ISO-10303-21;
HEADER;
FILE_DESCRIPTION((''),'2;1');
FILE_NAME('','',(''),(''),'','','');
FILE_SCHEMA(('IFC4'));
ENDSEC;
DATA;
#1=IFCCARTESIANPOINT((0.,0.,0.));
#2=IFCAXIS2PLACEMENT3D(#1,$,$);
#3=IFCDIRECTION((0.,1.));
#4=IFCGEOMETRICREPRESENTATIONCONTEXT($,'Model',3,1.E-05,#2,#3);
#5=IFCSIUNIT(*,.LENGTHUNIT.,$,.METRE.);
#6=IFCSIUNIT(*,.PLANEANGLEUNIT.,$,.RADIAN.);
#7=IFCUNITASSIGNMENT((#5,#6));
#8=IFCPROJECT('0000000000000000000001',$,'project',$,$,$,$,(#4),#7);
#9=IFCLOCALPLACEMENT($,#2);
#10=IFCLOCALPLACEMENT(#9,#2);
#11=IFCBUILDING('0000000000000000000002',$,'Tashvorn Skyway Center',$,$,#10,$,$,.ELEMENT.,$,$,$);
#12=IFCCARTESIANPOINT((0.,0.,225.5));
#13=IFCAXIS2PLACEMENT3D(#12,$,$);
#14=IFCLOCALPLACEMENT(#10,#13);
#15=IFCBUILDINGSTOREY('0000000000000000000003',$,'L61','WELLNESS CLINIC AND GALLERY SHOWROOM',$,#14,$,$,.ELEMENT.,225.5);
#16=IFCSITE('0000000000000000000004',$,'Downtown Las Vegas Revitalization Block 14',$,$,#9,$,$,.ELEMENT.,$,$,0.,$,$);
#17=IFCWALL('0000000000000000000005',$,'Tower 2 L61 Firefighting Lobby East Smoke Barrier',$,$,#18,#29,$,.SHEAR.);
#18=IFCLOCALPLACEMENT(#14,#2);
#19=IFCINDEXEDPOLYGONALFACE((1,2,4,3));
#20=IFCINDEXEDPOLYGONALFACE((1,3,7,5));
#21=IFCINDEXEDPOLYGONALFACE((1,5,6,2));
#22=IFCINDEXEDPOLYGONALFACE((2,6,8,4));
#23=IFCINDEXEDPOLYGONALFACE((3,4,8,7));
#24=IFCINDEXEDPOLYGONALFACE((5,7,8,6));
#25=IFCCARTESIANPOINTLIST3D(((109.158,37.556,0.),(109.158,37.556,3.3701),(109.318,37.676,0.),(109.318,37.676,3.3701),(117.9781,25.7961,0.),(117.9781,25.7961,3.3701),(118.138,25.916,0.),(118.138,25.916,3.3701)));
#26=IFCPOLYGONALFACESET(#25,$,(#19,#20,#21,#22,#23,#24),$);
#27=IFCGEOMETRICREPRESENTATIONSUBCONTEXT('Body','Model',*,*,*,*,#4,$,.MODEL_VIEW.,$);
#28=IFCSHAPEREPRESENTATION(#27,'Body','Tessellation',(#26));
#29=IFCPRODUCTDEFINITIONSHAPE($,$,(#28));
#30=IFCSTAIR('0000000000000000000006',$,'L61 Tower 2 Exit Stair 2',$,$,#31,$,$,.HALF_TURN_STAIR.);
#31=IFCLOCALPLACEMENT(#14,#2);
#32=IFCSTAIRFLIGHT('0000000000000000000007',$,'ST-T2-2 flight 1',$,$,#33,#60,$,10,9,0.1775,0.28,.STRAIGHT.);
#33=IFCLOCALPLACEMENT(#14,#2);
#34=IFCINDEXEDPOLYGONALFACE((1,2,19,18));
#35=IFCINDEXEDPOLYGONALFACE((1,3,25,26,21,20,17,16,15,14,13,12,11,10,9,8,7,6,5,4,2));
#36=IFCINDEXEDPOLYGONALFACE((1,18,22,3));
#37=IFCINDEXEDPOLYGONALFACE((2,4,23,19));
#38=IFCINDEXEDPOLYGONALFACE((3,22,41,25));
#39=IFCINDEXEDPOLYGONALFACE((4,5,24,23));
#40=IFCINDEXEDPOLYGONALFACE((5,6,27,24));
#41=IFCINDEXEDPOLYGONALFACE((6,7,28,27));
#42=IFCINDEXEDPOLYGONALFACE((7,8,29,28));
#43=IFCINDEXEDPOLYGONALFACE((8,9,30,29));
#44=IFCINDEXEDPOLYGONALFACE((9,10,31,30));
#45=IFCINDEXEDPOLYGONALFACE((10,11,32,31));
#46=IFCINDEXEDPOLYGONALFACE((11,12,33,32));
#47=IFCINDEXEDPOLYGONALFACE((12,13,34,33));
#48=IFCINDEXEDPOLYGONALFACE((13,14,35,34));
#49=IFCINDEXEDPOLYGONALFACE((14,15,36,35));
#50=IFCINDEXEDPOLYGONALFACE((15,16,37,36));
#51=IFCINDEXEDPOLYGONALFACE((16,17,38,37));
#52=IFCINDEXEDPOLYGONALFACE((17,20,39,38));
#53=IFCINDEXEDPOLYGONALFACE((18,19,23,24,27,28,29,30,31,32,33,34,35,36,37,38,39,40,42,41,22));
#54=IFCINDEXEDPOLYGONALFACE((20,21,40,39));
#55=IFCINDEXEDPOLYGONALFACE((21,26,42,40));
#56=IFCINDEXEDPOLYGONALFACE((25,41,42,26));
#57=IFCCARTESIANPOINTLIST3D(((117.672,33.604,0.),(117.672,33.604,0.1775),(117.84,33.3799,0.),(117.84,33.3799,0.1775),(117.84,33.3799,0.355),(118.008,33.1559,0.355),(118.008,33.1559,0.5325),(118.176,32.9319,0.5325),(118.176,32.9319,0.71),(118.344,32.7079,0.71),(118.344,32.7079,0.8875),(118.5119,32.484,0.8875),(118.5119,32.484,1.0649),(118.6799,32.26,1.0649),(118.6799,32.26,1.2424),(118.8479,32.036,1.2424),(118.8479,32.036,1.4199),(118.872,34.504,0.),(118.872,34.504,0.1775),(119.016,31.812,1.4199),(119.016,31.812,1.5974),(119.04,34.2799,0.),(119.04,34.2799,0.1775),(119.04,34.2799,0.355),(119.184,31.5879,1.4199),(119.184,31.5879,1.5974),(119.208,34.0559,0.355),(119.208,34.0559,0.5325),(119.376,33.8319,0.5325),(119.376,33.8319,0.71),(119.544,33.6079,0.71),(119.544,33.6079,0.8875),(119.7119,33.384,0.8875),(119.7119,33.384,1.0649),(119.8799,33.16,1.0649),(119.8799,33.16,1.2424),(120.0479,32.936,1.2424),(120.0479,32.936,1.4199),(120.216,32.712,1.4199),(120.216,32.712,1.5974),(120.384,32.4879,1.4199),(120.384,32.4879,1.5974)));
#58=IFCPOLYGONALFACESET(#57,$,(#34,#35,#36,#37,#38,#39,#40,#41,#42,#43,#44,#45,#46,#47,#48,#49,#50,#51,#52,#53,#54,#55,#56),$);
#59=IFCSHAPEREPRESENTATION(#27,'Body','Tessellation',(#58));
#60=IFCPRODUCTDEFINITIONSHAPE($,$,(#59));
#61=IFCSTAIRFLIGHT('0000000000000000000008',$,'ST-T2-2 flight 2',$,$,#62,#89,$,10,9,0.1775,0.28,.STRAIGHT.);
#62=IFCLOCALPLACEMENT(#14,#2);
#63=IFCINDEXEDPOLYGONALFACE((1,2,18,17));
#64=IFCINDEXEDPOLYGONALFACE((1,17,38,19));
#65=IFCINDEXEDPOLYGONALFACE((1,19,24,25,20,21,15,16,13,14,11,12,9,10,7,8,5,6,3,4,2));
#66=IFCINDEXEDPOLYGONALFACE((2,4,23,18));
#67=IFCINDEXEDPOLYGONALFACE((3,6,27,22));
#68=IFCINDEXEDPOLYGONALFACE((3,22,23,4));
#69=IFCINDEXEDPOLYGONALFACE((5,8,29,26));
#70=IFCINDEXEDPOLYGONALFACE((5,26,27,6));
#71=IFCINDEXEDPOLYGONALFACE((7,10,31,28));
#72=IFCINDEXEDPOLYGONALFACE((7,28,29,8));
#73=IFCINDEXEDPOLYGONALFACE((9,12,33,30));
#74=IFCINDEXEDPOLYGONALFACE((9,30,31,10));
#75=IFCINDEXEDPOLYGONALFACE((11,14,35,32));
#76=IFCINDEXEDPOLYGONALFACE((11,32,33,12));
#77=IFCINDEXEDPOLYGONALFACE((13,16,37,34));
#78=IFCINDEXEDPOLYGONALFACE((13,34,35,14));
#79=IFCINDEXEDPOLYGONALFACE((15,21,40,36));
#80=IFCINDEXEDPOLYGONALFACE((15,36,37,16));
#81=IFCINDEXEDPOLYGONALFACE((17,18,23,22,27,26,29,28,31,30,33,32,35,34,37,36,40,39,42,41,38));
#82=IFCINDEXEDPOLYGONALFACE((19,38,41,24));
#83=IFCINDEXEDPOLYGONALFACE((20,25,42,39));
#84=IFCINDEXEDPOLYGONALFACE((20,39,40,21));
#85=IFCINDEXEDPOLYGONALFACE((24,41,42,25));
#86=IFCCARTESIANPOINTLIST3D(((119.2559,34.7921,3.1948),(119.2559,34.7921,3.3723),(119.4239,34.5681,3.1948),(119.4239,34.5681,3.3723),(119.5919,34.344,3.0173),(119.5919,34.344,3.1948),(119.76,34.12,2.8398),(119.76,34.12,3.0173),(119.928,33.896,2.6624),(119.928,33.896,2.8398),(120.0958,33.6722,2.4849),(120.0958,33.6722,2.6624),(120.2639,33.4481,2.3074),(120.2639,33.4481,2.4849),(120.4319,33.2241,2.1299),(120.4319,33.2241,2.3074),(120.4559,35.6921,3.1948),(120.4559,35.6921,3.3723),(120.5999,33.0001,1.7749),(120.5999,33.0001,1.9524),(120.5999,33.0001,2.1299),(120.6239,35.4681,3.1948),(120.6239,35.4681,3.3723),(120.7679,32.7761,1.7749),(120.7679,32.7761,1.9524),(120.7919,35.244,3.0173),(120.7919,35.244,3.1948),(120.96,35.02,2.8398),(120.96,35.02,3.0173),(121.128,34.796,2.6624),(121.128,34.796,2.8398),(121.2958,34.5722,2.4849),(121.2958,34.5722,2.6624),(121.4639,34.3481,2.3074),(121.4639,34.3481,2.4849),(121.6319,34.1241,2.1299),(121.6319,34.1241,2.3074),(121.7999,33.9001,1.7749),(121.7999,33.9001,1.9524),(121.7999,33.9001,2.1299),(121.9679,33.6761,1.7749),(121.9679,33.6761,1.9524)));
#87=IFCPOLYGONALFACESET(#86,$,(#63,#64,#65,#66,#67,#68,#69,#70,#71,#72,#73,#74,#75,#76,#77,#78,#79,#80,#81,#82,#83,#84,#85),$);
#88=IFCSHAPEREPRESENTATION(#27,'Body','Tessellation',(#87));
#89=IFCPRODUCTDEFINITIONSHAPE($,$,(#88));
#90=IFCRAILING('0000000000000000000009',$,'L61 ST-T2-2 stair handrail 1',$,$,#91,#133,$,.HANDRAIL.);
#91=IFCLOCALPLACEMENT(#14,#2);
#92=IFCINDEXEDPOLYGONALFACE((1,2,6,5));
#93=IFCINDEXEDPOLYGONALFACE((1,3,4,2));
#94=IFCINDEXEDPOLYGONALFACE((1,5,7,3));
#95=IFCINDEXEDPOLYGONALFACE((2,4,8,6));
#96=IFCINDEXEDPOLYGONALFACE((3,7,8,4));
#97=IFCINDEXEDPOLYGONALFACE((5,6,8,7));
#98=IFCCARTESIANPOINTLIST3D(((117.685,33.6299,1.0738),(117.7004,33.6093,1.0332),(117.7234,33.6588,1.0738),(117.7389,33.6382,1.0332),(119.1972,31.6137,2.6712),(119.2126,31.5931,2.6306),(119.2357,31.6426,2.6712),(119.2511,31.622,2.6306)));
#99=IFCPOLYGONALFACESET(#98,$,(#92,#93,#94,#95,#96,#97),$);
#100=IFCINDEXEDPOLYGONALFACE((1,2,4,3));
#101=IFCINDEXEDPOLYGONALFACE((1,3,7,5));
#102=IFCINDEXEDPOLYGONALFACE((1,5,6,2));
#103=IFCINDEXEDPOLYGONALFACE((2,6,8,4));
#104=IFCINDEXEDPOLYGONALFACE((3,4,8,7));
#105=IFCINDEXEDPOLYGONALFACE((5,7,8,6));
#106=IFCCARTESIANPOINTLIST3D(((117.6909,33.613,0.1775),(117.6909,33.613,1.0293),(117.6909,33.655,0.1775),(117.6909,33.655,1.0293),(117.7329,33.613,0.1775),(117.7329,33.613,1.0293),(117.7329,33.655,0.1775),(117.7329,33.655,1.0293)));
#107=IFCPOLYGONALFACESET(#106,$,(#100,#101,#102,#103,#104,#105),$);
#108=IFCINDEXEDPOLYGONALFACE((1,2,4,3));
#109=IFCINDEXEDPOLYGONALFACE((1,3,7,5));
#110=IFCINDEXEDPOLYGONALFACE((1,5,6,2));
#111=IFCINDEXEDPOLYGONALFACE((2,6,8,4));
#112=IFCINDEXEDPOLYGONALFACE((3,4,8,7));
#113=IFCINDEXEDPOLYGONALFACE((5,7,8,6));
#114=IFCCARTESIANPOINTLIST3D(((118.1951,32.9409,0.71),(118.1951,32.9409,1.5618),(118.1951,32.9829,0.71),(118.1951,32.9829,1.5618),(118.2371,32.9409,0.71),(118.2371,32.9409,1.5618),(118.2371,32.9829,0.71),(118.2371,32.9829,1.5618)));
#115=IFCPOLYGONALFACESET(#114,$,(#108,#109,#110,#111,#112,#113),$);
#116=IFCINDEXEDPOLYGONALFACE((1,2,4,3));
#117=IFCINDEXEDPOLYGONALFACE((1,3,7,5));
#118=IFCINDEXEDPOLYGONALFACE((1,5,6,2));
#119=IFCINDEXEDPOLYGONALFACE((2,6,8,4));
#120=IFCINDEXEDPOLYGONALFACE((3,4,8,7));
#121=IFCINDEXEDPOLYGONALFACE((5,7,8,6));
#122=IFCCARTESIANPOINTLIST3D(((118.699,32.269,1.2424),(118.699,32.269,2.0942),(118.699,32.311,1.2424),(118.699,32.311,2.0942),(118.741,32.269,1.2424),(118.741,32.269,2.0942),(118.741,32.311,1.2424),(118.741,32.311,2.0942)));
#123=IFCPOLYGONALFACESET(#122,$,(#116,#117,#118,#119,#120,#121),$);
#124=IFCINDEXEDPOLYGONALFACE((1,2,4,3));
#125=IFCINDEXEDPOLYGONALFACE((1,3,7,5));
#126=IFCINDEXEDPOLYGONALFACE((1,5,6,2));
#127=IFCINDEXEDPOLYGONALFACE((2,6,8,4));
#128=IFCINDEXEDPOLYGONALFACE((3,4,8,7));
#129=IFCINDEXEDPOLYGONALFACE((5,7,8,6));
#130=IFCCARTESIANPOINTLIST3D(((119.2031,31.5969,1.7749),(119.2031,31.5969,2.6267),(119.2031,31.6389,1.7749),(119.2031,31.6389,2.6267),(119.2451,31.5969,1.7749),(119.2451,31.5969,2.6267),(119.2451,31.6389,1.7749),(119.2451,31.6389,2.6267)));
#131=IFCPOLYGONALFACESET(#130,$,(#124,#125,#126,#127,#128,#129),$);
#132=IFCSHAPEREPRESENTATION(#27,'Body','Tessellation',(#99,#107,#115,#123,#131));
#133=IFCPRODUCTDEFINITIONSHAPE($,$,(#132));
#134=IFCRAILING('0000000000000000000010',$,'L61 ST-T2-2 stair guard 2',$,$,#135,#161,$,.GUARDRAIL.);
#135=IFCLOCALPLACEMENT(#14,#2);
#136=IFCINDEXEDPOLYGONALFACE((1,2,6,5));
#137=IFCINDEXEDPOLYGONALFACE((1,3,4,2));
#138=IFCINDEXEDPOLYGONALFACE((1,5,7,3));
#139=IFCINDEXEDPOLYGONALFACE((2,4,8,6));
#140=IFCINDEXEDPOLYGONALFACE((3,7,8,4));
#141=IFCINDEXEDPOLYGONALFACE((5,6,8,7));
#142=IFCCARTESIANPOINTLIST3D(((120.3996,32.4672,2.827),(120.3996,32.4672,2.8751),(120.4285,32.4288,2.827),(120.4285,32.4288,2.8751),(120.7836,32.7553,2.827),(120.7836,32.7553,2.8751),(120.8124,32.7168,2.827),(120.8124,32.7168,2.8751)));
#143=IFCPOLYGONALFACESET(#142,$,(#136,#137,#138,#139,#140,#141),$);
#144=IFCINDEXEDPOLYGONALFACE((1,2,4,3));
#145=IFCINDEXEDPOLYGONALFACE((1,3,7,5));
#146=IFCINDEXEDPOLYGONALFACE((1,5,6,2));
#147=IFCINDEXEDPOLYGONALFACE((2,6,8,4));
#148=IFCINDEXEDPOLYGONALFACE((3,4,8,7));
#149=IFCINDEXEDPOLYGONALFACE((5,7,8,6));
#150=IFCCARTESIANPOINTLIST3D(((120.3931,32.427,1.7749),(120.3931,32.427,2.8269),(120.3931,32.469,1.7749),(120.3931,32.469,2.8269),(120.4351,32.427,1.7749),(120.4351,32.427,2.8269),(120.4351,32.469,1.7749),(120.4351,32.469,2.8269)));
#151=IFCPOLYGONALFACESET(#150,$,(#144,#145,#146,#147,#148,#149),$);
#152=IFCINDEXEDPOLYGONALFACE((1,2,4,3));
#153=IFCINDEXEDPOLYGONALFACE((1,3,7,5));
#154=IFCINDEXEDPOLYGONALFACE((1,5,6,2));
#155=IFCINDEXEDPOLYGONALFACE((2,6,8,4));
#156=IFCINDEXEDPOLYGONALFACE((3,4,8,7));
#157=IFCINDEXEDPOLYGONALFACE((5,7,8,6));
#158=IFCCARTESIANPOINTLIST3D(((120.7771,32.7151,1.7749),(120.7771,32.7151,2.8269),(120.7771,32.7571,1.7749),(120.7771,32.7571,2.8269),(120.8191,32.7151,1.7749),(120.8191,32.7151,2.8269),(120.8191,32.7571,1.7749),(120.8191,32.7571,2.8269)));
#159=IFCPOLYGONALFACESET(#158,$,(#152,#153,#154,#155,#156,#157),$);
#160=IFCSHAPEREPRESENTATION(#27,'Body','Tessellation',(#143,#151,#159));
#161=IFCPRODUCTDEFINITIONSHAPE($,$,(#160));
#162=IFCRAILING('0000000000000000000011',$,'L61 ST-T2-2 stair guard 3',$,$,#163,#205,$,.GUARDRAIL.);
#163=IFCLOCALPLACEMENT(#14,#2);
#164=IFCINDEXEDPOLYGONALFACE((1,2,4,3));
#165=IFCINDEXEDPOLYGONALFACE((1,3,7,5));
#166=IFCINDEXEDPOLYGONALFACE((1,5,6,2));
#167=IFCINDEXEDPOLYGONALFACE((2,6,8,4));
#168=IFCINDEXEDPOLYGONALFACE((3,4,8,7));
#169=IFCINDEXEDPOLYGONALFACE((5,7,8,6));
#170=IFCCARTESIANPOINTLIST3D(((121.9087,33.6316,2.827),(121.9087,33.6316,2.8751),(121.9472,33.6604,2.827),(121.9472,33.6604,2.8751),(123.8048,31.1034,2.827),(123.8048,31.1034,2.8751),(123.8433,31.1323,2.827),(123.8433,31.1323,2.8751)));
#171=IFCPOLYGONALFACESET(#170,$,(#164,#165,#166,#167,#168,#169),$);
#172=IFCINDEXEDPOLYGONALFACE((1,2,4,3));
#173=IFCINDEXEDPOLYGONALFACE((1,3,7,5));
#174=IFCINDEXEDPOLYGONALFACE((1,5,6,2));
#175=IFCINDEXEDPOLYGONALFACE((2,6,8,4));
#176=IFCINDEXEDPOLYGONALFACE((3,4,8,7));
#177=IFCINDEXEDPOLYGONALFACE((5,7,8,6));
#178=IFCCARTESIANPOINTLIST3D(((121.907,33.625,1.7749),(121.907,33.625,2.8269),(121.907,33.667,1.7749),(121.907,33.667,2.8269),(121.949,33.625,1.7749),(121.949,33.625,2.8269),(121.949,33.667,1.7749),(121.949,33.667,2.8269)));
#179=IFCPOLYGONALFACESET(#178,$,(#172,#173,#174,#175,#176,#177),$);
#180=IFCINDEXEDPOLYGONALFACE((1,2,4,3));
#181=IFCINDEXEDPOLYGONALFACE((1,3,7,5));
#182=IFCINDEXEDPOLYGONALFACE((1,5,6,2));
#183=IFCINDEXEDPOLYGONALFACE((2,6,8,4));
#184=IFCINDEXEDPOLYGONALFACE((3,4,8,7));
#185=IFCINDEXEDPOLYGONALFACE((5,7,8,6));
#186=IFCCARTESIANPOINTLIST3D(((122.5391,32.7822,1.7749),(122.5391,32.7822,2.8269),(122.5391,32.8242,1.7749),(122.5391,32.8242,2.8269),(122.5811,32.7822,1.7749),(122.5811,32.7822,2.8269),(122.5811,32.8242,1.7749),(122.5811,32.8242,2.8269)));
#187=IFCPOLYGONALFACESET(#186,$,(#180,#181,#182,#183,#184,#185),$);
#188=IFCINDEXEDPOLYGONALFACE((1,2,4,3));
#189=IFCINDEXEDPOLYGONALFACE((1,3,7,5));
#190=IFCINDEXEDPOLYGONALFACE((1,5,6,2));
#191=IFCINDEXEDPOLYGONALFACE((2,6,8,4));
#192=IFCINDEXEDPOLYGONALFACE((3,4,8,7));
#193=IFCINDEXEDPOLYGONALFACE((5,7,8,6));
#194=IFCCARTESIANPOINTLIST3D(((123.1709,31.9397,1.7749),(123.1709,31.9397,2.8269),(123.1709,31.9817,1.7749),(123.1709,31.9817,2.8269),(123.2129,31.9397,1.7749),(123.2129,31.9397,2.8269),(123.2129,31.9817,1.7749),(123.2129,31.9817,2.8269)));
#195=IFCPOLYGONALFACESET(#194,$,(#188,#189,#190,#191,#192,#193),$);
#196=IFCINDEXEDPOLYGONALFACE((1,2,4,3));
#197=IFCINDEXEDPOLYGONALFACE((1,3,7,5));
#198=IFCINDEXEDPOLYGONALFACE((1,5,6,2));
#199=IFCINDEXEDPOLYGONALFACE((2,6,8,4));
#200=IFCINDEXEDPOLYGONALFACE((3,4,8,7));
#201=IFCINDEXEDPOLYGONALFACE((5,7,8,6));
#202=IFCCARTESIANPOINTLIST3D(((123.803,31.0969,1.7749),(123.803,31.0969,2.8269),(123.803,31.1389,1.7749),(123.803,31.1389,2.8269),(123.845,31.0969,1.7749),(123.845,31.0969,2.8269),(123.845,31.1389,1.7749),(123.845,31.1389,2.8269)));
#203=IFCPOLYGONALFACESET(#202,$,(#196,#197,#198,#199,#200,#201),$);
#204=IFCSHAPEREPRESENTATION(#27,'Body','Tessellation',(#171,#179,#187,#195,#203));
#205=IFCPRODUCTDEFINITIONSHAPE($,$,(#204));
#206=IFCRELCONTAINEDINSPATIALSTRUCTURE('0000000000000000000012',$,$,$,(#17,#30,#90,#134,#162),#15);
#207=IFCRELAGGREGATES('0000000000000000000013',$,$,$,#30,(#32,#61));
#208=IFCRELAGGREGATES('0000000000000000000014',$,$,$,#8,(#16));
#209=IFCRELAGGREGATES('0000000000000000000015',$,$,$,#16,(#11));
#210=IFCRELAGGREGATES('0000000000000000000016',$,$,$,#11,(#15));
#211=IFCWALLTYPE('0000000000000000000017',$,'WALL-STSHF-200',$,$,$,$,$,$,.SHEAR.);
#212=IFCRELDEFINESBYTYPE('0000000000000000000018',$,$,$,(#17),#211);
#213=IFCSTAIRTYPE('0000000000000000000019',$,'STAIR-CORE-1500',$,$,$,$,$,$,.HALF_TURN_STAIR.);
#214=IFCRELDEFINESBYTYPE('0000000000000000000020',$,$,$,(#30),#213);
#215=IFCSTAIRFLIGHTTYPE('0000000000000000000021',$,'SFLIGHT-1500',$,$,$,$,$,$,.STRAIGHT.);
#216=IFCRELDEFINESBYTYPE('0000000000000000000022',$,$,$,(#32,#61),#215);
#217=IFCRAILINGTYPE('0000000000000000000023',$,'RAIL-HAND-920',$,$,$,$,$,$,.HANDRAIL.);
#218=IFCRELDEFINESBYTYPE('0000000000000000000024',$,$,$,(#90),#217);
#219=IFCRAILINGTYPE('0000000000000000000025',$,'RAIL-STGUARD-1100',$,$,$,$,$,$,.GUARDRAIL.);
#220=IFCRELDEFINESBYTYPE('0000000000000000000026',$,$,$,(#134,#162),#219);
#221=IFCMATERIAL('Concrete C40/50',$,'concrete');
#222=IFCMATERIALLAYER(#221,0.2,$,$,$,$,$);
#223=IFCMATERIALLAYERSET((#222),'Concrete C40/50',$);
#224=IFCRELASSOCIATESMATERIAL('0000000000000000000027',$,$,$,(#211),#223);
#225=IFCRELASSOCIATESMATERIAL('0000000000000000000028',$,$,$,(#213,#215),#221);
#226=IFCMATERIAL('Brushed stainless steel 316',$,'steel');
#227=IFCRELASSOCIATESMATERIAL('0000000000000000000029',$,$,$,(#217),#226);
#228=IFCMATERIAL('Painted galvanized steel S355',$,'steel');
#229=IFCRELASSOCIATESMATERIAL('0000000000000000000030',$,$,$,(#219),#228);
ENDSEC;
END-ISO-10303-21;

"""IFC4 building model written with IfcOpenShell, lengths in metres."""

from ifc_helpers import new_model, si_unit, direction, frame, frame_2d, origin, origin_2d, place, context, subcontext, project, spatial, polyline, rectangle, outline, extrude, material, layer, layer_set, type_object, element, aggregate, save


model = new_model("IFC4")

# Units and contexts
model_context = context("Model", 3, precision=1e-05, world=origin(), true_north=direction((0.0, 1.0)))
body_context = subcontext(model_context, "Body", "Model", "MODEL_VIEW")
ifc_project = project(units=[si_unit("LENGTHUNIT", "METRE"), si_unit("PLANEANGLEUNIT", "RADIAN")], contexts=[model_context])

# Site, building, storey
site_placement = place(None, origin())
site = spatial("IfcSite", under=ifc_project, at=site_placement, Name="Downtown Las Vegas Revitalization Block 14", CompositionType="ELEMENT", RefElevation=0.0)
building_placement = place(site_placement, origin())
building = spatial("IfcBuilding", under=site, at=building_placement, Name="Tashvorn Skyway Center", CompositionType="ELEMENT")
storey_placement = place(building_placement, frame((0.0, 0.0, 225.5)))
storey = spatial("IfcBuildingStorey", under=building, at=storey_placement, Name="L61", Description="WELLNESS CLINIC AND GALLERY SHOWROOM", CompositionType="ELEMENT", Elevation=225.5)

# Shared definitions
ifc_material_1 = material(Name="Concrete C40/50", Category="concrete")

# Wall
ifc_layer_1 = layer(ifc_material_1, 0.2)
ifc_layer_set_1 = layer_set([ifc_layer_1], Name="Concrete C40/50")
wall_type_1 = type_object("IfcWallType", Name="WALL-STSHF-200", PredefinedType="SHEAR", material=ifc_layer_set_1)
wall_1_placement = place(storey_placement, frame((118.0581, 25.856, 0.0), z_axis=(0.0, 0.0, 1.0), x_axis=(-0.600003, 0.799998, 0.0)))
element("IfcWall", 1, at=wall_1_placement, inside=storey, type_object=wall_type_1, Name="Tower 2 L61 Firefighting Lobby East Smoke Barrier", PredefinedType="SHEAR", context=body_context, shape_type="SweptSolid", body=[
    extrude(rectangle(XDim=14.7, YDim=0.2, at=frame_2d((7.3501, 0.0))), origin(), (0.0, 0.0, 1.0), 3.3701),
])

# Stair, stair flights
stair_type = type_object("IfcStairType", Name="STAIR-CORE-1500", PredefinedType="HALF_TURN_STAIR", material=ifc_material_1)
stair_placement = place(storey_placement, origin())
stair = element("IfcStair", 2, at=stair_placement, inside=storey, type_object=stair_type, Name="L61 Tower 2 Exit Stair 2", PredefinedType="HALF_TURN_STAIR")
stair_flight_type = type_object("IfcStairFlightType", Name="SFLIGHT-1500", PredefinedType="STRAIGHT", material=ifc_material_1)
stair_flight_1_placement = place(storey_placement, frame((118.272, 34.054, 0.0), z_axis=(0.0, 0.0, 1.0), x_axis=(0.6, -0.8, 0.0)))
stair_flight_1 = element("IfcStairFlight", 3, at=stair_flight_1_placement, type_object=stair_flight_type, Name="ST-T2-2 flight 1", NumberOfRisers=10, NumberOfTreads=9, PredefinedType="STRAIGHT", RiserHeight=0.1775, TreadLength=0.28, context=body_context, shape_type="SweptSolid", body=[
    extrude(outline(polyline([(0.0, 0.0), (0.0, 0.1775), (0.28, 0.1775), (0.28, 0.355), (0.5601, 0.355), (0.5601, 0.5325), (0.8401, 0.5325), (0.8401, 0.71), (1.1201, 0.71), (1.1201, 0.8875), (1.3999, 0.8875), (1.3999, 1.0649), (1.6799, 1.0649), (1.6799, 1.2424), (1.96, 1.2424), (1.96, 1.4199), (2.24, 1.4199), (2.24, 1.5974), (2.52, 1.5974), (2.52, 1.7749), (2.52, 1.4199), (0.28, 0.0), (0.0, 0.0)])), frame((0.0, 0.75, 0.0), z_axis=(0.0, -1.0, 0.0), x_axis=(1.0, 0.0, 0.0)), (0.0, 0.0, 1.0), 1.5),
])
stair_flight_2_placement = place(storey_placement, frame((121.3679, 33.2261, 1.7749), z_axis=(0.0, 0.0, 1.0), x_axis=(-0.6, 0.8, 0.0)))
stair_flight_2 = element("IfcStairFlight", 4, at=stair_flight_2_placement, type_object=stair_flight_type, Name="ST-T2-2 flight 2", NumberOfRisers=10, NumberOfTreads=9, PredefinedType="STRAIGHT", RiserHeight=0.1775, TreadLength=0.28, context=body_context, shape_type="SweptSolid", body=[
    extrude(outline(polyline([(0.0, 0.0), (0.0, 0.1775), (0.28, 0.1775), (0.28, 0.355), (0.5601, 0.355), (0.5601, 0.5325), (0.8401, 0.5325), (0.8401, 0.71), (1.1201, 0.71), (1.1201, 0.8875), (1.3999, 0.8875), (1.3999, 1.0649), (1.6799, 1.0649), (1.6799, 1.2424), (1.96, 1.2424), (1.96, 1.4199), (2.24, 1.4199), (2.24, 1.5974), (2.52, 1.5974), (2.52, 1.7749), (2.52, 1.4199), (0.28, 0.0), (0.0, 0.0)])), frame((0.0, 0.75, 0.0), z_axis=(0.0, -1.0, 0.0), x_axis=(1.0, 0.0, 0.0)), (0.0, 0.0, 1.0), 1.5),
])
aggregate(stair, [stair_flight_1, stair_flight_2])

# Railings
ifc_material_2 = material(Name="Brushed stainless steel 316", Category="steel")
railing_type_1 = type_object("IfcRailingType", Name="RAIL-HAND-920", PredefinedType="HANDRAIL", material=ifc_material_2)
railing_1_placement = place(storey_placement, frame((117.7119, 33.634, 0.1775)))
element("IfcRailing", 5, at=railing_1_placement, inside=storey, type_object=railing_type_1, Name="L61 ST-T2-2 stair handrail 1", PredefinedType="HANDRAIL", context=body_context, shape_type="SweptSolid", body=[
    extrude(rectangle(XDim=0.0481, YDim=0.0481, at=origin_2d()), frame((0.0, 0.0, 0.876), z_axis=(0.506802, -0.675681, 0.535357), x_axis=(0.799977, 0.600031, 0.0)), (0.0, 0.0, 1.0), 2.9839),
    extrude(rectangle(XDim=0.042, YDim=0.042, at=origin_2d()), origin(), (0.0, 0.0, 1.0), 0.8518),
    extrude(rectangle(XDim=0.042, YDim=0.042, at=origin_2d()), frame((0.5042, -0.6721, 0.5325)), (0.0, 0.0, 1.0), 0.8518),
    extrude(rectangle(XDim=0.042, YDim=0.042, at=origin_2d()), frame((1.0081, -1.344, 1.0649)), (0.0, 0.0, 1.0), 0.8518),
    extrude(rectangle(XDim=0.042, YDim=0.042, at=origin_2d()), frame((1.5122, -2.0161, 1.5974)), (0.0, 0.0, 1.0), 0.8518),
])
ifc_material_3 = material(Name="Painted galvanized steel S355", Category="steel")
railing_type_2 = type_object("IfcRailingType", Name="RAIL-STGUARD-1100", PredefinedType="GUARDRAIL", material=ifc_material_3)
railing_2_placement = place(storey_placement, frame((120.4141, 32.448, 1.7749)))
element("IfcRailing", 6, at=railing_2_placement, inside=storey, type_object=railing_type_2, Name="L61 ST-T2-2 stair guard 2", PredefinedType="GUARDRAIL", context=body_context, shape_type="SweptSolid", body=[
    extrude(rectangle(XDim=0.0481, YDim=0.0481, at=origin_2d()), frame((0.0, 0.0, 1.0762), z_axis=(0.799939, 0.600081, 0.0), x_axis=(-0.600081, 0.799939, 0.0)), (0.0, 0.0, 1.0), 0.48),
    extrude(rectangle(XDim=0.042, YDim=0.042, at=origin_2d()), origin(), (0.0, 0.0, 1.0), 1.052),
    extrude(rectangle(XDim=0.042, YDim=0.042, at=origin_2d()), frame((0.384, 0.2881, 0.0)), (0.0, 0.0, 1.0), 1.052),
])
railing_3_placement = place(storey_placement, frame((121.928, 33.646, 1.7749)))
element("IfcRailing", 7, at=railing_3_placement, inside=storey, type_object=railing_type_2, Name="L61 ST-T2-2 stair guard 3", PredefinedType="GUARDRAIL", context=body_context, shape_type="SweptSolid", body=[
    extrude(rectangle(XDim=0.0481, YDim=0.0481, at=origin_2d()), frame((0.0, 0.0, 1.0762), z_axis=(0.599988, -0.800009, 0.0), x_axis=(0.800009, 0.599988, 0.0)), (0.0, 0.0, 1.0), 3.1602),
    extrude(rectangle(XDim=0.042, YDim=0.042, at=origin_2d()), origin(), (0.0, 0.0, 1.0), 1.052),
    extrude(rectangle(XDim=0.042, YDim=0.042, at=origin_2d()), frame((0.6321, -0.8428, 0.0)), (0.0, 0.0, 1.0), 1.052),
    extrude(rectangle(XDim=0.042, YDim=0.042, at=origin_2d()), frame((1.2639, -1.6853, 0.0)), (0.0, 0.0, 1.0), 1.052),
    extrude(rectangle(XDim=0.042, YDim=0.042, at=origin_2d()), frame((1.896, -2.5281, 0.0)), (0.0, 0.0, 1.0), 1.052),
])

save(model, "model.ifc")
